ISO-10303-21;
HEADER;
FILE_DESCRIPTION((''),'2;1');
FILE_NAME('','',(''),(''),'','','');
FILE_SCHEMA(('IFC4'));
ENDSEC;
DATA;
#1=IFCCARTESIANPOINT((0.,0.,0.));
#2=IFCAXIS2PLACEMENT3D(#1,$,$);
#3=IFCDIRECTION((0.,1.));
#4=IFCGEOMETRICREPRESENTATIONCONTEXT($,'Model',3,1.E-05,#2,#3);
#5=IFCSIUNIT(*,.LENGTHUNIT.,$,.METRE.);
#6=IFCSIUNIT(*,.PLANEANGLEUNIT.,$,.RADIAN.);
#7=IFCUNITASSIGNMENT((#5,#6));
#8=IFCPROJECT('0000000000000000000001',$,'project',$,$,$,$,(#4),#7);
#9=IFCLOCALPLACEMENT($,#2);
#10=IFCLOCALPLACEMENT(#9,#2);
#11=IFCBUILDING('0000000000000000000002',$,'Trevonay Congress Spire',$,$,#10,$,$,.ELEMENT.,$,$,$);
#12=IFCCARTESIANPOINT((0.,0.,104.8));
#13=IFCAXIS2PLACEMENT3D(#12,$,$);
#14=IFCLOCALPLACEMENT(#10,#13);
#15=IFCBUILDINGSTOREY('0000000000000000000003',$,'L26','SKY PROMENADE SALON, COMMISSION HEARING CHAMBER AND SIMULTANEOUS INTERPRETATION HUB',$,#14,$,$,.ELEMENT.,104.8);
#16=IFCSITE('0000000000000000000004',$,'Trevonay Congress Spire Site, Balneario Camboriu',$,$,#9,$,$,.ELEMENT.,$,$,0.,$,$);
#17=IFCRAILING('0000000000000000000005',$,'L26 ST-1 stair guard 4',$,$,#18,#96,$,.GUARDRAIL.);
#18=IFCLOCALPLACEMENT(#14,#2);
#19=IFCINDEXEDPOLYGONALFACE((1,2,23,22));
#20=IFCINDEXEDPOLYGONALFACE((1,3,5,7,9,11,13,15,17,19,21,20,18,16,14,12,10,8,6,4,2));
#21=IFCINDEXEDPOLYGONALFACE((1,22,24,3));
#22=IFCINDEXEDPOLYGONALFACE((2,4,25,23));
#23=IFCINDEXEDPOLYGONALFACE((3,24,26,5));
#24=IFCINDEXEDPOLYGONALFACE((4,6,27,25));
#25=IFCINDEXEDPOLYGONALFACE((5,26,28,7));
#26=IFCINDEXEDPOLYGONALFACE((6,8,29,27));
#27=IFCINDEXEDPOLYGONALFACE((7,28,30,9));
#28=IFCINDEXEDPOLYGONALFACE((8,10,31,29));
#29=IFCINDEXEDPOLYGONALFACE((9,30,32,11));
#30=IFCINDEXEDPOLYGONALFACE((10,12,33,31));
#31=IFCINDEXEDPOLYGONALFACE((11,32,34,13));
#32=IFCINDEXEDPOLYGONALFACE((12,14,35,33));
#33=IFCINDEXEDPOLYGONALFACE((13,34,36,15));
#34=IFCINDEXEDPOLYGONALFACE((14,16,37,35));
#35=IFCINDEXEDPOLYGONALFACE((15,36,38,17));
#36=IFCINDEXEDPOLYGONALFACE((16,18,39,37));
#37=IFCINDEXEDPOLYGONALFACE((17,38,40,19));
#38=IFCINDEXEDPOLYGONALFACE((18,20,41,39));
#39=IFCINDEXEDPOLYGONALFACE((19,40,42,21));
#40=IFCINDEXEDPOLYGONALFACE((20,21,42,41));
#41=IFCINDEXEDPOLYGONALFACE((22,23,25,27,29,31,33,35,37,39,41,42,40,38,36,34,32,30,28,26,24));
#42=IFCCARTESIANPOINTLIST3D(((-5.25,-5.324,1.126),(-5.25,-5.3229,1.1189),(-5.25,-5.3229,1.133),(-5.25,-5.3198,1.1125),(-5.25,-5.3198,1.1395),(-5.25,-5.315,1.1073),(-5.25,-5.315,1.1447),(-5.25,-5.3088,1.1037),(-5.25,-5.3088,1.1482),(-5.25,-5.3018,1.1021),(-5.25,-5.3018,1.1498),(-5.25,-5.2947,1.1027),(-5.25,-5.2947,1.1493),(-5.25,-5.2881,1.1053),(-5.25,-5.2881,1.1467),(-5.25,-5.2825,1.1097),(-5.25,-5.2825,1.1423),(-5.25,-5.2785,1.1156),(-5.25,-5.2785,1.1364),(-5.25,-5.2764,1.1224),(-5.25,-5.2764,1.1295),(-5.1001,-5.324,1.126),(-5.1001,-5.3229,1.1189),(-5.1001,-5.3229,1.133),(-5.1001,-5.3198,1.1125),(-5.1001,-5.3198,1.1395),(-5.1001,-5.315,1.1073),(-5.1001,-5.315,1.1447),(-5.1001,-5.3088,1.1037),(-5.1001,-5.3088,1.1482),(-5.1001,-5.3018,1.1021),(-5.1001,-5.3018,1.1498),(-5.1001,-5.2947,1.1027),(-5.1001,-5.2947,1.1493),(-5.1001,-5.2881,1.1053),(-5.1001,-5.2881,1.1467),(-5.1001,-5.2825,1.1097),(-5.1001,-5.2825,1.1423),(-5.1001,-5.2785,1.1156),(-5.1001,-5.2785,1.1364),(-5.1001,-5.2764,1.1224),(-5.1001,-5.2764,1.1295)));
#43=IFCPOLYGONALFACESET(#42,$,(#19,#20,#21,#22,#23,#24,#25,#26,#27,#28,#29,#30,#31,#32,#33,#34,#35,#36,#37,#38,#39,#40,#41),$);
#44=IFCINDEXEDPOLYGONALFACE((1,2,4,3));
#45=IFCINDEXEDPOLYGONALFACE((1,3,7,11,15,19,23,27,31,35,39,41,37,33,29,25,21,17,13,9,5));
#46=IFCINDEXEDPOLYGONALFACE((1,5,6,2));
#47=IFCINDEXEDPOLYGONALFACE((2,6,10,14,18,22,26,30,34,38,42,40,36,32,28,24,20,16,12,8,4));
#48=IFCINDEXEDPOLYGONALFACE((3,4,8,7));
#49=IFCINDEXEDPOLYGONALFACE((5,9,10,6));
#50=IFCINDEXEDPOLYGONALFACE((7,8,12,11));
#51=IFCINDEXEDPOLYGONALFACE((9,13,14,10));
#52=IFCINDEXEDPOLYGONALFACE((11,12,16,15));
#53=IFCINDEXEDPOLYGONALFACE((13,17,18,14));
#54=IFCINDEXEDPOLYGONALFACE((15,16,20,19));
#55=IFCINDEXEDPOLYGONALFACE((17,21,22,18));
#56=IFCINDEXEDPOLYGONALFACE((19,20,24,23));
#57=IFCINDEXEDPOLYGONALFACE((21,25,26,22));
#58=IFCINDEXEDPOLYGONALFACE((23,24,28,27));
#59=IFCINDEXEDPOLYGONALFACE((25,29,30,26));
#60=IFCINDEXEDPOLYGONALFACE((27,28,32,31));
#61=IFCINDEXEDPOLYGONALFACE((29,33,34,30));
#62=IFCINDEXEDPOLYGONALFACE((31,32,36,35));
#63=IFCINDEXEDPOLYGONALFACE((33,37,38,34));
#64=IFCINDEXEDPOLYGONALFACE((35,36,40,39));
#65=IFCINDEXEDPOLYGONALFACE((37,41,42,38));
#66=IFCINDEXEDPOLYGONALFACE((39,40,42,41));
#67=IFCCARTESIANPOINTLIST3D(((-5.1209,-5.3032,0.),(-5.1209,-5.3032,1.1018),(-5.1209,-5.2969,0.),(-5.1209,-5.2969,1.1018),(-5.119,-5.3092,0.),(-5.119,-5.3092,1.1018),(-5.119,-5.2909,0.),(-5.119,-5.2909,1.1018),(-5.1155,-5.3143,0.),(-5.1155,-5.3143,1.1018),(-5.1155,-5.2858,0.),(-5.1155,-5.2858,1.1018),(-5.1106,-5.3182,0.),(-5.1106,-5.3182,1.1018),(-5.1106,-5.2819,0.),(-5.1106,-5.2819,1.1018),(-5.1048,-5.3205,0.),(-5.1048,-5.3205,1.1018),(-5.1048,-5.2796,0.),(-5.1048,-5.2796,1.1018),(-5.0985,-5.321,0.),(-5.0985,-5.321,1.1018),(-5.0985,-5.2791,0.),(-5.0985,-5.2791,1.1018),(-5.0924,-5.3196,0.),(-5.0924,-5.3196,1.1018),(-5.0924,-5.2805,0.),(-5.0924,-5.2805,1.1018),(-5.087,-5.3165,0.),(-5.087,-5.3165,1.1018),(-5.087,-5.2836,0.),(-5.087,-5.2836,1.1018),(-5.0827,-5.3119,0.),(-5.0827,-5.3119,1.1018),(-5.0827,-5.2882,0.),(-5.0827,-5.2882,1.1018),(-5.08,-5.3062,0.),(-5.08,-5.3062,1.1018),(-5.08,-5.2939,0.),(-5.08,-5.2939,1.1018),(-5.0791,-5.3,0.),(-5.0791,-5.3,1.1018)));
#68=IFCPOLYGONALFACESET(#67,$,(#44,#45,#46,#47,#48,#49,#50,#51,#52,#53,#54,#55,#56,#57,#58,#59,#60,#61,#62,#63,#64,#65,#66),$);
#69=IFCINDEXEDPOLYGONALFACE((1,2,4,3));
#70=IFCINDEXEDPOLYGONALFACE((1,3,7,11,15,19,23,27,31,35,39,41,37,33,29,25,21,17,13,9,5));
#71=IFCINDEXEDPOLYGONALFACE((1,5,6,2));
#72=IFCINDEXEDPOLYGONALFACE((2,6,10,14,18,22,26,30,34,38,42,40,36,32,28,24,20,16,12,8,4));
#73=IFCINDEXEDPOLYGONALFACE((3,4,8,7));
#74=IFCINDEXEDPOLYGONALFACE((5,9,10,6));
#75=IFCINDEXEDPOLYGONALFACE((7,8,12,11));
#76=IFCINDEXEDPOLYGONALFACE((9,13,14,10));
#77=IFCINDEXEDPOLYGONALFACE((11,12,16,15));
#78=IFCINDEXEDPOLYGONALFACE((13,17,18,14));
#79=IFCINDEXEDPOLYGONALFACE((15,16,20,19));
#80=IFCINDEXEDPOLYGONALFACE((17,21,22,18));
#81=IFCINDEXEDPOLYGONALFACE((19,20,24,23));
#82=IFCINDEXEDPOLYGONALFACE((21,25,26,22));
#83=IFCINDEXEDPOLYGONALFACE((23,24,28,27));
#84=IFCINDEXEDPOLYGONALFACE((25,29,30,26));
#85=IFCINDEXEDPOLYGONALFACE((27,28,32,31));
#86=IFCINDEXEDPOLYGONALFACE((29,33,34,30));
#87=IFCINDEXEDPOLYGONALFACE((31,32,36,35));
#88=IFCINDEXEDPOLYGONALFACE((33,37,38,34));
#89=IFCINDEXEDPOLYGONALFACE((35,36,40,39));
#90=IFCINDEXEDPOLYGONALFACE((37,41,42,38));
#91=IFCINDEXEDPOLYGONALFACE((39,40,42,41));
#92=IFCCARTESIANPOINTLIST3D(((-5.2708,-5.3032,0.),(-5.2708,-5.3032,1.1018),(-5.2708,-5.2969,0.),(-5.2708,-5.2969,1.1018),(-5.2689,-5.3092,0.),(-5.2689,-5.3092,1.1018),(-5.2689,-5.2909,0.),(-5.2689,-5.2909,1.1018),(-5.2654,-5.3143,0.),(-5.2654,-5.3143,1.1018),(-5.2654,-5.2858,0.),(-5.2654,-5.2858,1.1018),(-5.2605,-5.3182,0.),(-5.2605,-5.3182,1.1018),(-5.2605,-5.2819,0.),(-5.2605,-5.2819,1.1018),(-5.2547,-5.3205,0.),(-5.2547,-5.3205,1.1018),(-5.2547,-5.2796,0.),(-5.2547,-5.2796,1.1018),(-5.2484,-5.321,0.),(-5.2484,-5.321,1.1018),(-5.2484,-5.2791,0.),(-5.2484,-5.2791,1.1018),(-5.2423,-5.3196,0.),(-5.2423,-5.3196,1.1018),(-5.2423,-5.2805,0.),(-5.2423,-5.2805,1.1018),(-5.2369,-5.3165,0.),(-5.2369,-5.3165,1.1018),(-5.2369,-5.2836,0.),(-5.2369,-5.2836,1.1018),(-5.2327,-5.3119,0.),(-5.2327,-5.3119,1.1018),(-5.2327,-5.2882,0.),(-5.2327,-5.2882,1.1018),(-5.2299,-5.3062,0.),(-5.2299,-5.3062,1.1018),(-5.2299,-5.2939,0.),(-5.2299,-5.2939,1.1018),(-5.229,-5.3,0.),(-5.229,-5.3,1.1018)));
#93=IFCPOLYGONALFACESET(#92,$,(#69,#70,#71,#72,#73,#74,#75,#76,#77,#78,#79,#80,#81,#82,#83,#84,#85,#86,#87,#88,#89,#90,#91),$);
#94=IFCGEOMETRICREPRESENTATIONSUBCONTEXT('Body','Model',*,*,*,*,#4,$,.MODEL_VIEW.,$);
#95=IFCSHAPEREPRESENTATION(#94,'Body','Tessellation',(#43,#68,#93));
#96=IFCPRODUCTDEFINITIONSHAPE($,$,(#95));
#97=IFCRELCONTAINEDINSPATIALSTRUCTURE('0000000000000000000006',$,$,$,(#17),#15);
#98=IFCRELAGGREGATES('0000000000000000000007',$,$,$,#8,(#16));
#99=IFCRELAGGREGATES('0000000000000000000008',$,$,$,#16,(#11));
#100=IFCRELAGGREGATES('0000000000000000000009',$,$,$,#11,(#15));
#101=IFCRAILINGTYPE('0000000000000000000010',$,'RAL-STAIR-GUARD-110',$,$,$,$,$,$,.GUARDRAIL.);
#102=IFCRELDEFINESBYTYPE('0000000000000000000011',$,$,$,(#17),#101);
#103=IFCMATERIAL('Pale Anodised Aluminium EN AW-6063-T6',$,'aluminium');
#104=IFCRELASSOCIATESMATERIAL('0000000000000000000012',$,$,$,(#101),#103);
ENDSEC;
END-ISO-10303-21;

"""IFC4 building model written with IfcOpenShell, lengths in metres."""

from ifc_helpers import new_model, si_unit, direction, frame, origin, origin_2d, place, context, subcontext, project, spatial, circle, extrude, material, type_object, element, save


model = new_model("IFC4")

# Units and contexts
model_context = context("Model", 3, precision=1e-05, world=origin(), true_north=direction((0.0, 1.0)))
body_context = subcontext(model_context, "Body", "Model", "MODEL_VIEW")
ifc_project = project(units=[si_unit("LENGTHUNIT", "METRE"), si_unit("PLANEANGLEUNIT", "RADIAN")], contexts=[model_context])

# Site, building, storey
site_placement = place(None, origin())
site = spatial("IfcSite", under=ifc_project, at=site_placement, Name="Trevonay Congress Spire Site, Balneario Camboriu", CompositionType="ELEMENT", RefElevation=0.0)
building_placement = place(site_placement, origin())
building = spatial("IfcBuilding", under=site, at=building_placement, Name="Trevonay Congress Spire", CompositionType="ELEMENT")
storey_placement = place(building_placement, frame((0.0, 0.0, 104.8)))
storey = spatial("IfcBuildingStorey", under=building, at=storey_placement, Name="L26", Description="SKY PROMENADE SALON, COMMISSION HEARING CHAMBER AND SIMULTANEOUS INTERPRETATION HUB", CompositionType="ELEMENT", Elevation=104.8)

# Railing
ifc_material_1 = material(Name="Pale Anodised Aluminium EN AW-6063-T6", Category="aluminium")
railing_type_1 = type_object("IfcRailingType", Name="RAL-STAIR-GUARD-110", PredefinedType="GUARDRAIL", material=ifc_material_1)
railing_1_placement = place(storey_placement, frame((-5.1001, -5.3, 0.0)))
element("IfcRailing", 1, at=railing_1_placement, inside=storey, type_object=railing_type_1, Name="L26 ST-1 stair guard 4", PredefinedType="GUARDRAIL", context=body_context, shape_type="SweptSolid", body=[
    extrude(circle(Radius=0.0239, at=origin_2d()), frame((0.0, 0.0, 1.126), z_axis=(-1.0, 0.0, 0.0), x_axis=(0.0, -1.0, 0.0)), (0.0, 0.0, 1.0), 0.1499),
    extrude(circle(Radius=0.021, at=origin_2d()), origin(), (0.0, 0.0, 1.0), 1.1018),
    extrude(circle(Radius=0.021, at=origin_2d()), frame((-0.1499, 0.0, 0.0)), (0.0, 0.0, 1.0), 1.1018),
])

save(model, "model.ifc")
